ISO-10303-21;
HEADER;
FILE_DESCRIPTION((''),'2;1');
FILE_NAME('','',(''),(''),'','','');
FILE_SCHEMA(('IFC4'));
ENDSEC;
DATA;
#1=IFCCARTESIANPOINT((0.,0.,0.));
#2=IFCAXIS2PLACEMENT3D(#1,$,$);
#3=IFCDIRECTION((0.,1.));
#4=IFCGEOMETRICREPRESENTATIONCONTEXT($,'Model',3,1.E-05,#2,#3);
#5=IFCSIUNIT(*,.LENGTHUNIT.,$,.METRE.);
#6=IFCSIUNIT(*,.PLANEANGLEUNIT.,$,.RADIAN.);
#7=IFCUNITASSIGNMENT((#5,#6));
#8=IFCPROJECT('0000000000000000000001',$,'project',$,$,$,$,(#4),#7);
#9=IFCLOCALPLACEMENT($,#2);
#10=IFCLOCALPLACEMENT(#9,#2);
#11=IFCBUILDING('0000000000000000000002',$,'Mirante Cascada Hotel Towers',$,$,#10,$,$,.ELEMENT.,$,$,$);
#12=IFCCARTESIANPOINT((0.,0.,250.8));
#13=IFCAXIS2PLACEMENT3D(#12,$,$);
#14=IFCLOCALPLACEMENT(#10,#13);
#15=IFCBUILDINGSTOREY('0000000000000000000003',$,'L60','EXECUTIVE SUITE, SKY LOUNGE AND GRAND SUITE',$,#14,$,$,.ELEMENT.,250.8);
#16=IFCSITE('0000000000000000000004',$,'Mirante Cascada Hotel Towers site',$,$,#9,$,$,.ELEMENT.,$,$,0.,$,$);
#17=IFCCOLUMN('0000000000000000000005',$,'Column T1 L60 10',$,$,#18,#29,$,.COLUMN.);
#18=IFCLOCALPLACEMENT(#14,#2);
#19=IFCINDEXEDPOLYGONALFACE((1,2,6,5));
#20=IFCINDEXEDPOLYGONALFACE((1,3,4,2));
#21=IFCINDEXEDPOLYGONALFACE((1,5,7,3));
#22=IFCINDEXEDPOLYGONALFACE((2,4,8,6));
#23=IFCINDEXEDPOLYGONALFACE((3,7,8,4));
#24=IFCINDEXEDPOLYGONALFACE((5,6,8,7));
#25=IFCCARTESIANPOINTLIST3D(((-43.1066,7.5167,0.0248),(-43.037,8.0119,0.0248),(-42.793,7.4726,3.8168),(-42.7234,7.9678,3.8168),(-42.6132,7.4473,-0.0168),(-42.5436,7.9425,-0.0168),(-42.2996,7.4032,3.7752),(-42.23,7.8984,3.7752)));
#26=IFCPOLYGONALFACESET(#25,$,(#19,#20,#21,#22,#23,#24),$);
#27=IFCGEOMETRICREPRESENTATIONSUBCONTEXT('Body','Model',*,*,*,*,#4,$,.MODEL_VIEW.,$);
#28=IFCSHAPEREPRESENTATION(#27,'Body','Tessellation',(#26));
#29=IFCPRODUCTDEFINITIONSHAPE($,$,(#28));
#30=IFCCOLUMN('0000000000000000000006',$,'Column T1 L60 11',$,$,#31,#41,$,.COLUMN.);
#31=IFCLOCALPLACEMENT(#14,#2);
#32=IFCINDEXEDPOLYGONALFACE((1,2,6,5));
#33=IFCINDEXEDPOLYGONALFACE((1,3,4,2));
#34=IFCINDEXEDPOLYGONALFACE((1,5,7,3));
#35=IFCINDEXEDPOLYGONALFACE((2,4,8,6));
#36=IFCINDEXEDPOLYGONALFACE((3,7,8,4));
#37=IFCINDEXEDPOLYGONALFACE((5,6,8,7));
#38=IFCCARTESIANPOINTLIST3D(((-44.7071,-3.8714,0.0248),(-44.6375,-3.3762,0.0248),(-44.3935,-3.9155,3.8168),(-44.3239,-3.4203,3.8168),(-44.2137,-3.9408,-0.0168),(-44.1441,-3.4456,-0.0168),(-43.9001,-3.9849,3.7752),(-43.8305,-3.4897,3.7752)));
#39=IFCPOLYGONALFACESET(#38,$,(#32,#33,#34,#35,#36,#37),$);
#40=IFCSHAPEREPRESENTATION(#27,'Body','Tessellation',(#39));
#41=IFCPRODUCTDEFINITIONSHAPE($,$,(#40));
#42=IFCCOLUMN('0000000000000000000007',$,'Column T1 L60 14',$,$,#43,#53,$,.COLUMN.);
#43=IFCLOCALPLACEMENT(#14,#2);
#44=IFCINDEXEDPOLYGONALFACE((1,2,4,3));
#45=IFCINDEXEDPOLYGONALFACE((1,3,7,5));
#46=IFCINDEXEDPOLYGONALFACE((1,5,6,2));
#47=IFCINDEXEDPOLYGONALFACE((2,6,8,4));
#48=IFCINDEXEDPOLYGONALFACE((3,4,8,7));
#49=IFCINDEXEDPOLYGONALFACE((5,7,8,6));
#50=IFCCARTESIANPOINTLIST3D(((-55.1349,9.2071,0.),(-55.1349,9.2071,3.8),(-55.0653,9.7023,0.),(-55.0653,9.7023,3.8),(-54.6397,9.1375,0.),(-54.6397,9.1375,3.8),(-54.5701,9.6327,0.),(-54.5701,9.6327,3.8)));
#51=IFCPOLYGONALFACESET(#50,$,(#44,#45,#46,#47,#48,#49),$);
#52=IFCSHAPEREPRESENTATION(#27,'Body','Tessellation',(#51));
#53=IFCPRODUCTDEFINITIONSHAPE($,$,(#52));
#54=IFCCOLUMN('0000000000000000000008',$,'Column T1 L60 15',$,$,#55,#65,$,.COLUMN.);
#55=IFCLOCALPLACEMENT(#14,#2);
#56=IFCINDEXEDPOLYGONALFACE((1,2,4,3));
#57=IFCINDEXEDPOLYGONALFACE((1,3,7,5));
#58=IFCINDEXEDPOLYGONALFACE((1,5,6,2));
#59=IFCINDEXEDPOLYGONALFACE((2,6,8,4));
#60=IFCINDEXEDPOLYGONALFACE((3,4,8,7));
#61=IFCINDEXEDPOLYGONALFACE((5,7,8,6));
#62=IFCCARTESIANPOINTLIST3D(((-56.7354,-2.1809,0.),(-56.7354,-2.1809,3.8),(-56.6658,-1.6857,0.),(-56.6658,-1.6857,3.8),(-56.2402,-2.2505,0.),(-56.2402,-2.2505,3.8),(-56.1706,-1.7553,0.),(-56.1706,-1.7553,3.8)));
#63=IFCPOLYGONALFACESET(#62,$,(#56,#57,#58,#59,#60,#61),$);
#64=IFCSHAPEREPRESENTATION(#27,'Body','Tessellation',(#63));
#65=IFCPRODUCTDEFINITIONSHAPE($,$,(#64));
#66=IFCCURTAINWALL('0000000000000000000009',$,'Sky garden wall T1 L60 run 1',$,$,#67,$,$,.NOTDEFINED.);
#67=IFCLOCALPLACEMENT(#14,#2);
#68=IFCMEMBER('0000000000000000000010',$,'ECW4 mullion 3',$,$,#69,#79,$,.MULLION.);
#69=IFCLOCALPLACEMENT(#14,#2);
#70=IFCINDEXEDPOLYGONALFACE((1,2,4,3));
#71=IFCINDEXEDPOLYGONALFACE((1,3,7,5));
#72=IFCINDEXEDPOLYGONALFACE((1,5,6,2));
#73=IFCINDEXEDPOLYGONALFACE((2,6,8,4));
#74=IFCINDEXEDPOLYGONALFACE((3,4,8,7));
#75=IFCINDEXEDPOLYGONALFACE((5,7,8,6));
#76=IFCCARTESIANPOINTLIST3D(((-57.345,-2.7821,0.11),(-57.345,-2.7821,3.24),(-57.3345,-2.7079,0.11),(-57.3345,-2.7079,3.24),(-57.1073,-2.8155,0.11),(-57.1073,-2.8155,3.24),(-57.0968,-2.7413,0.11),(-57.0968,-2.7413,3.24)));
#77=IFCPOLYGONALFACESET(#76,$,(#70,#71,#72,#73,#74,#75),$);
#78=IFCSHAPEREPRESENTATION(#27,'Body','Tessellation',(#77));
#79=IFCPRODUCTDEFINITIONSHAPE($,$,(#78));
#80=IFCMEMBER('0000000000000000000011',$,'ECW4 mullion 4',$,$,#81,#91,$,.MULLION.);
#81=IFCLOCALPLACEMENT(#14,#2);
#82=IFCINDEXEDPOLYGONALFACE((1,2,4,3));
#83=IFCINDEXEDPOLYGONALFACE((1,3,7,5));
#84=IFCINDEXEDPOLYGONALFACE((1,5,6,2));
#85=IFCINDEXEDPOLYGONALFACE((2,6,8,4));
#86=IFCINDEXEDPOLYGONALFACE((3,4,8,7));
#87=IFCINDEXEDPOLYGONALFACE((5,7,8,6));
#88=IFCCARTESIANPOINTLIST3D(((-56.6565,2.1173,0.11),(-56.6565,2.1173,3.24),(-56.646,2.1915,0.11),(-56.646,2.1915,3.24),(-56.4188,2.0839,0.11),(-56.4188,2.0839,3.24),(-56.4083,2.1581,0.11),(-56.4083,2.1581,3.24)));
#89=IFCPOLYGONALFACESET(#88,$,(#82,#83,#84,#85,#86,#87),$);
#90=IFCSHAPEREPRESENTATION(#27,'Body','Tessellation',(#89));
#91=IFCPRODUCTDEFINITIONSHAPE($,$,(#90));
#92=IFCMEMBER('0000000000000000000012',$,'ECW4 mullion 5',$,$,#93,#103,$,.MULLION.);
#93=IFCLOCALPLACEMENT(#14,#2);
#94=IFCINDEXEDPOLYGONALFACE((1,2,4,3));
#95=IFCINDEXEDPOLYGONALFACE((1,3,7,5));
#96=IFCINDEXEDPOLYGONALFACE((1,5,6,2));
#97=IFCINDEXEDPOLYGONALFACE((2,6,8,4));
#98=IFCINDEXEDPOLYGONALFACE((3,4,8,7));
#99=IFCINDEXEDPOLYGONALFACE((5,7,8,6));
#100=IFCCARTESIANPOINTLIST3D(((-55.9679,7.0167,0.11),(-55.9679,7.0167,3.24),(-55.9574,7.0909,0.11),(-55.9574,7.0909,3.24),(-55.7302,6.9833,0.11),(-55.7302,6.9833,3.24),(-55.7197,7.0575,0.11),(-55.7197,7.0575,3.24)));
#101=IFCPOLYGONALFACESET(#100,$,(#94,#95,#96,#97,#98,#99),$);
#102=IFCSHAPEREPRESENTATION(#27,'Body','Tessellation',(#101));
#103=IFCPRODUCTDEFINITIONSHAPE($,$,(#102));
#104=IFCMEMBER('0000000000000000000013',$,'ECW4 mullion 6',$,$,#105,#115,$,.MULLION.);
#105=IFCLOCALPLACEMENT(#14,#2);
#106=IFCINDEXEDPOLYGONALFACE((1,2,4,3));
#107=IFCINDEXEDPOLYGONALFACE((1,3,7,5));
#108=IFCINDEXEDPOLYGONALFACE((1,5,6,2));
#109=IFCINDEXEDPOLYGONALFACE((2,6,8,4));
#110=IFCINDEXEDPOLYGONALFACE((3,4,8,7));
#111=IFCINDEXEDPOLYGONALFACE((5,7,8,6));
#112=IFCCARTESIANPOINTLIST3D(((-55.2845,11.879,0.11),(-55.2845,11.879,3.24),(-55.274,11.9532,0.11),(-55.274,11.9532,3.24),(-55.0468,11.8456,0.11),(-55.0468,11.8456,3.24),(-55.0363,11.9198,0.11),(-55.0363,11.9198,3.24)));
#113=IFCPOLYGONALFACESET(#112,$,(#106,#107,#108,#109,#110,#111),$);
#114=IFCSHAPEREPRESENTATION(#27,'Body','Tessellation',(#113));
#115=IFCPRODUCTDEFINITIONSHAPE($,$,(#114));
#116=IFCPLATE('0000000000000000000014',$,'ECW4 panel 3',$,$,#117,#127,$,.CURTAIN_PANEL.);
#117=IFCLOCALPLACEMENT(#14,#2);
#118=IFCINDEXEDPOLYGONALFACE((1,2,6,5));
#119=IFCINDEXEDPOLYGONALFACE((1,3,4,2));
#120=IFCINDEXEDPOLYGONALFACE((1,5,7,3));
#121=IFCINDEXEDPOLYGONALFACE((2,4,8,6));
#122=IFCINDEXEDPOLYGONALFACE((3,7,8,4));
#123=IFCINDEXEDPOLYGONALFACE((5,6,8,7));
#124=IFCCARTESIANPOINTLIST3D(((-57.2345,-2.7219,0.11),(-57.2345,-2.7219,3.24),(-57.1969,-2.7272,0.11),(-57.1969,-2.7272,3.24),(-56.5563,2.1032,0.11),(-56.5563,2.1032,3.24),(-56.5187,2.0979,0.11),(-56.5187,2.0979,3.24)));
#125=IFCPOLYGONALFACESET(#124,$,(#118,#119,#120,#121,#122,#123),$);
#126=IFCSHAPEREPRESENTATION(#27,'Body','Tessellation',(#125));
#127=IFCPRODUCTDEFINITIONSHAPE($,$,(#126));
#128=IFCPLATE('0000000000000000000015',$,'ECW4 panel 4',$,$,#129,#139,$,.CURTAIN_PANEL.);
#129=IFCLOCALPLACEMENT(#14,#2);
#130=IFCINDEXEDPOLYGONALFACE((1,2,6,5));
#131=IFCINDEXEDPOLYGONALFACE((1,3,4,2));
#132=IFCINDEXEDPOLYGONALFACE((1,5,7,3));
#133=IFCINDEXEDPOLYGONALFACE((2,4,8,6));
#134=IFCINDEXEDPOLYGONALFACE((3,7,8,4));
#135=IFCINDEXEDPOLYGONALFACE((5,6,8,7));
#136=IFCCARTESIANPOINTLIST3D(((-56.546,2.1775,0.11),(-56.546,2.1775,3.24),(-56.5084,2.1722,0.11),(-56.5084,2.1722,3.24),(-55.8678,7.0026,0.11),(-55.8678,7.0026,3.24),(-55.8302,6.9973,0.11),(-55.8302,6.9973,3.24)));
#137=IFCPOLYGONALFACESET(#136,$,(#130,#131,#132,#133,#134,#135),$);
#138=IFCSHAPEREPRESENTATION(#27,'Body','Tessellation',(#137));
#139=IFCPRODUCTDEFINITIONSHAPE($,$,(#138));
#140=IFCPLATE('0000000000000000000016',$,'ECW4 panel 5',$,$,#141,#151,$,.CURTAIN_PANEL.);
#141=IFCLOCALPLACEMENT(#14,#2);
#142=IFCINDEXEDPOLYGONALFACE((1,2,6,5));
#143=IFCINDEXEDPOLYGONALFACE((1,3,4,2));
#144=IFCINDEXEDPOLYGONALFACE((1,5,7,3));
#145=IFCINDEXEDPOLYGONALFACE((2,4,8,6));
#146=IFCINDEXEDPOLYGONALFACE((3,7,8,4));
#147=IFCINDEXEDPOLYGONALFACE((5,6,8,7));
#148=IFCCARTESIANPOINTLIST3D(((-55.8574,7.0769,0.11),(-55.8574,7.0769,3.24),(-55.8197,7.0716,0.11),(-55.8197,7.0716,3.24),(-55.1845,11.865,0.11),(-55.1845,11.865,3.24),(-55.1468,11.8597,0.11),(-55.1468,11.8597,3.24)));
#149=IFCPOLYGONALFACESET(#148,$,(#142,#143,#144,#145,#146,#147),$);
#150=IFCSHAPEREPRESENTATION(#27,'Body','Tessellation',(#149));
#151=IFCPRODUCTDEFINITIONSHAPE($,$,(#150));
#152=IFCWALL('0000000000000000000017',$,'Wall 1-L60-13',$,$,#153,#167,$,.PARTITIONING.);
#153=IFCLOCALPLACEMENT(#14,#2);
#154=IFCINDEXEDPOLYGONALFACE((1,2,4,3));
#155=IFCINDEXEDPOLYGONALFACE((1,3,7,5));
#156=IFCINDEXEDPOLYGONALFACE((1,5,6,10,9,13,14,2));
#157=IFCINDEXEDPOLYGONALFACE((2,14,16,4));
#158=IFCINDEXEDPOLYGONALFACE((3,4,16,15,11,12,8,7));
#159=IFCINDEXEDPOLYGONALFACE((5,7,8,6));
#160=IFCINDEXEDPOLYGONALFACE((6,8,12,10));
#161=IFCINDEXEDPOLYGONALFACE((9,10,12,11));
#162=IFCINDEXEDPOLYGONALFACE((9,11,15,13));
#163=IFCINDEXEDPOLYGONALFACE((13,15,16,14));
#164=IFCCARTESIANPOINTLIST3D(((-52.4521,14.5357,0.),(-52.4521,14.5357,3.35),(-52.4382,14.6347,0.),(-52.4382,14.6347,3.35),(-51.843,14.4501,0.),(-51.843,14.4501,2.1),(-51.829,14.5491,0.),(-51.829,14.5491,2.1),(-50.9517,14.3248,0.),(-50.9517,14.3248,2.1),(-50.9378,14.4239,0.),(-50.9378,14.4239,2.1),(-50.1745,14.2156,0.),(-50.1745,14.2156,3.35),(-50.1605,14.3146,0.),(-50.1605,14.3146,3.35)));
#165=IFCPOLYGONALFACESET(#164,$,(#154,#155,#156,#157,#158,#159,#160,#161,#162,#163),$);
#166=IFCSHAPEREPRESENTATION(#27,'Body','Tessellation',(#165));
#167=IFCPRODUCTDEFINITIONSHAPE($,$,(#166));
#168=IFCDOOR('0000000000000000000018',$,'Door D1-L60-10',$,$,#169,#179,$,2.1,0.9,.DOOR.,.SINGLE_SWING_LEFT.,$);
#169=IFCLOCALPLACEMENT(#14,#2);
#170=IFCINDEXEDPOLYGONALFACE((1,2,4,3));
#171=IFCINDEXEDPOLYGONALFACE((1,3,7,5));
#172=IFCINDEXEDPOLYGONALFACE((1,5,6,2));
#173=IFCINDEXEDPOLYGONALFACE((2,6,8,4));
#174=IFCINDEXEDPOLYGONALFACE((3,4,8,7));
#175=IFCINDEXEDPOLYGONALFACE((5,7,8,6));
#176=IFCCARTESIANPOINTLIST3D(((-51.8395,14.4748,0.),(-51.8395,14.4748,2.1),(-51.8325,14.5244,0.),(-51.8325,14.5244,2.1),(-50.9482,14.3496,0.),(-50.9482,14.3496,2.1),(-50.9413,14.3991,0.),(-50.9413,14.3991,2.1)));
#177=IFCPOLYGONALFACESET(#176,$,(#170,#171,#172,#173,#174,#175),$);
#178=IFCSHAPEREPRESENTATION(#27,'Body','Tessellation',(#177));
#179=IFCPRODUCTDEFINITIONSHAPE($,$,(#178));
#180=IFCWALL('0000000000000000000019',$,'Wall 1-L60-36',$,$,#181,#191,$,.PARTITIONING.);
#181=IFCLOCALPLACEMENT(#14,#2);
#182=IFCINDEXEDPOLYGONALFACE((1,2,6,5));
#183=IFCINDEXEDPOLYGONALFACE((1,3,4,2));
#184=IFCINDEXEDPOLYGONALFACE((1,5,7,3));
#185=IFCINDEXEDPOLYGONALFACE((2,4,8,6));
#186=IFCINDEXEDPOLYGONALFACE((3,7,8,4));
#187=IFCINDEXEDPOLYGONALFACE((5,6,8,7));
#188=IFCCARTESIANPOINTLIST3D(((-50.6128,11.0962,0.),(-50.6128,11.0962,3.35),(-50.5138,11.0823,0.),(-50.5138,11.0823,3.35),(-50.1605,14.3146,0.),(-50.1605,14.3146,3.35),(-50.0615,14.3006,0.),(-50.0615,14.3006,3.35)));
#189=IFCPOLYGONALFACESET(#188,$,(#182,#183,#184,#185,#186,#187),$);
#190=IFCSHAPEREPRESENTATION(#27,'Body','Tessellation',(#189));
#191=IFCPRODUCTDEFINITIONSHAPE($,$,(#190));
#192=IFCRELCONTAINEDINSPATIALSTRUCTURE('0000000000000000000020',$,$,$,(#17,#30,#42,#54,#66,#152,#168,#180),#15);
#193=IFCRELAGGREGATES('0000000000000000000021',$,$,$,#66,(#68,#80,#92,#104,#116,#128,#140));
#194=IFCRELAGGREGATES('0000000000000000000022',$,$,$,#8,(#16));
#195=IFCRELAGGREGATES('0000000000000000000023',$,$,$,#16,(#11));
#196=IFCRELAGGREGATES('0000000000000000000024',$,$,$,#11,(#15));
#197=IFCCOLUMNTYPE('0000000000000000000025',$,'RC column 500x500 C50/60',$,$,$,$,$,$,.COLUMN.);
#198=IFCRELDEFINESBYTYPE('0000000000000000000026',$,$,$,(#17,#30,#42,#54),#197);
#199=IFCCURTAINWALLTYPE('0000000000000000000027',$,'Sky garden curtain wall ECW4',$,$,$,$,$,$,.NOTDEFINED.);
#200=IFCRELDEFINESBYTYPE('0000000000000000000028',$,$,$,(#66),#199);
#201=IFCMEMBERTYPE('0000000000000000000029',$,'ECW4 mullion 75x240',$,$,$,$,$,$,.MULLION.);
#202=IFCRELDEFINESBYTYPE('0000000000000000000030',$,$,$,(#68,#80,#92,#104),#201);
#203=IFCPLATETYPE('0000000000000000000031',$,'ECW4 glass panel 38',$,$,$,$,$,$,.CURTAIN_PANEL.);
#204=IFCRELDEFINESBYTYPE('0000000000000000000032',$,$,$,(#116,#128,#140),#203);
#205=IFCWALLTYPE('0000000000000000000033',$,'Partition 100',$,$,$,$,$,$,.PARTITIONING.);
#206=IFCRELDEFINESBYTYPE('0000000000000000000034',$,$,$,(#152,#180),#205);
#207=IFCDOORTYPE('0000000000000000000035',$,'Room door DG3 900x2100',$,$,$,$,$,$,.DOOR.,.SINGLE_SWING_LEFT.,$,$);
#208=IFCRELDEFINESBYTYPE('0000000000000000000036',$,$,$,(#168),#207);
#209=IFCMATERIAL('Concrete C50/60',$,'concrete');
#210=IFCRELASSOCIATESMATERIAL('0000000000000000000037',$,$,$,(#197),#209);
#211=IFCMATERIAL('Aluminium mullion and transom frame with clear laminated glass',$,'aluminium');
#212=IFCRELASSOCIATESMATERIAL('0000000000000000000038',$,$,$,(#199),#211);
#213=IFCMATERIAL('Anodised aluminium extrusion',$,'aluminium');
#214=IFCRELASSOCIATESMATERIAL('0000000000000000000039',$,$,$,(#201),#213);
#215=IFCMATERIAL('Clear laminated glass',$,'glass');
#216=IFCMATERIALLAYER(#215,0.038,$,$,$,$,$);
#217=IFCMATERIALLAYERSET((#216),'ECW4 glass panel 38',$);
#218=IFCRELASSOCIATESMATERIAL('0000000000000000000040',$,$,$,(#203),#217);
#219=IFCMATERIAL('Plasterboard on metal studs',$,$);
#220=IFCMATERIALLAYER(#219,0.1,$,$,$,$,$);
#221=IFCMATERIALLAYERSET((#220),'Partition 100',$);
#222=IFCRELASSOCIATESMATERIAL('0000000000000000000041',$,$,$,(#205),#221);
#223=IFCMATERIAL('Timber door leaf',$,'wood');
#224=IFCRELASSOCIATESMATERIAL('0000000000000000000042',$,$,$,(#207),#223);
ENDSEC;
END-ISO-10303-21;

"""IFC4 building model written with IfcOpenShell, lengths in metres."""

from ifc_helpers import new_model, si_unit, direction, frame, frame_2d, origin, origin_2d, place, context, subcontext, project, spatial, rectangle, extrude, material, layer, layer_set, material_profile, profile_set, type_object, element, fill, aggregate, save


model = new_model("IFC4")

# Units and contexts
model_context = context("Model", 3, precision=1e-05, world=origin(), true_north=direction((0.0, 1.0)))
body_context = subcontext(model_context, "Body", "Model", "MODEL_VIEW")
ifc_project = project(units=[si_unit("LENGTHUNIT", "METRE"), si_unit("PLANEANGLEUNIT", "RADIAN")], contexts=[model_context])

# Site, building, storey
site_placement = place(None, origin())
site = spatial("IfcSite", under=ifc_project, at=site_placement, Name="Mirante Cascada Hotel Towers site", CompositionType="ELEMENT", RefElevation=0.0)
building_placement = place(site_placement, origin())
building = spatial("IfcBuilding", under=site, at=building_placement, Name="Mirante Cascada Hotel Towers", CompositionType="ELEMENT")
storey_placement = place(building_placement, frame((0.0, 0.0, 250.8)))
storey = spatial("IfcBuildingStorey", under=building, at=storey_placement, Name="L60", Description="EXECUTIVE SUITE, SKY LOUNGE AND GRAND SUITE", CompositionType="ELEMENT", Elevation=250.8)

# Columns
ifc_material_1 = material(Name="Concrete C50/60", Category="concrete")
ifc_material_profile_1 = material_profile(ifc_material_1, rectangle(XDim=0.5, YDim=0.5, at=origin_2d()), Name="RC column 500x500 C50/60")
ifc_profile_set_1 = profile_set([ifc_material_profile_1], Name="Concrete C50/60")
column_type = type_object("IfcColumnType", Name="RC column 500x500 C50/60", PredefinedType="COLUMN", material=ifc_profile_set_1)
for number, where, z_axis, x_axis, name in (
    (1, (-42.8251, 7.7296, 0.004), (0.082414, -0.011589, 0.996531), (0.139255, 0.990257, 0.0), "Column T1 L60 10"),
    (2, (-44.4256, -3.6585, 0.004), (0.082414, -0.011589, 0.996531), (0.139255, 0.990257, 0.0), "Column T1 L60 11"),
):
    element("IfcColumn", number, at=place(storey_placement, frame(where, z_axis=z_axis, x_axis=x_axis)), inside=storey, type_object=column_type, Name=name, PredefinedType="COLUMN", context=body_context, shape_type="SweptSolid", body=[
        extrude(rectangle(XDim=0.5, YDim=0.5, at=origin_2d()), origin(), (0.0, 0.0, 1.0), 3.8052),
    ])
for number, where, z_axis, x_axis, name in (
    (3, (-54.8525, 9.4199, 0.0), (0.0, 0.0, 1.0), (-0.990268, 0.139173, 0.0), "Column T1 L60 14"),
    (4, (-56.453, -1.9681, 0.0), (0.0, 0.0, 1.0), (-0.990268, 0.139173, 0.0), "Column T1 L60 15"),
):
    element("IfcColumn", number, at=place(storey_placement, frame(where, z_axis=z_axis, x_axis=x_axis)), inside=storey, type_object=column_type, Name=name, PredefinedType="COLUMN", context=body_context, shape_type="SweptSolid", body=[
        extrude(rectangle(XDim=0.5, YDim=0.5, at=origin_2d()), origin(), (0.0, 0.0, 1.0), 3.8),
    ])

# Curtain wall, members, plates
ifc_material_2 = material(Name="Aluminium mullion and transom frame with clear laminated glass", Category="aluminium")
curtain_wall_type = type_object("IfcCurtainWallType", Name="Sky garden curtain wall ECW4", PredefinedType="NOTDEFINED", material=ifc_material_2)
curtain_wall_placement = place(storey_placement, origin())
curtain_wall = element("IfcCurtainWall", 5, at=curtain_wall_placement, inside=storey, type_object=curtain_wall_type, Name="Sky garden wall T1 L60 run 1", PredefinedType="NOTDEFINED")
ifc_material_3 = material(Name="Anodised aluminium extrusion", Category="aluminium")
ifc_material_profile_2 = material_profile(ifc_material_3, rectangle(XDim=0.24, YDim=0.075, at=origin_2d()), Name="ECW4 MULLION 75x240")
ifc_profile_set_2 = profile_set([ifc_material_profile_2], Name="Anodised aluminium extrusion")
member_type = type_object("IfcMemberType", Name="ECW4 mullion 75x240", PredefinedType="MULLION", material=ifc_profile_set_2)
member_1_placement = place(storey_placement, frame((-57.2209, -2.7617, 0.11), z_axis=(0.0, 0.0, 1.0), x_axis=(-0.990268, 0.139173, 0.0)))
member_1 = element("IfcMember", 6, at=member_1_placement, type_object=member_type, Name="ECW4 mullion 3", PredefinedType="MULLION", context=body_context, shape_type="SweptSolid", body=[
    extrude(rectangle(XDim=0.24, YDim=0.075, at=origin_2d()), origin(), (0.0, 0.0, 1.0), 3.13),
])
member_2_placement = place(storey_placement, frame((-56.5324, 2.1377, 0.11), z_axis=(0.0, 0.0, 1.0), x_axis=(-0.990268, 0.139173, 0.0)))
member_2 = element("IfcMember", 7, at=member_2_placement, type_object=member_type, Name="ECW4 mullion 4", PredefinedType="MULLION", context=body_context, shape_type="SweptSolid", body=[
    extrude(rectangle(XDim=0.24, YDim=0.075, at=origin_2d()), origin(), (0.0, 0.0, 1.0), 3.13),
])
member_3_placement = place(storey_placement, frame((-55.8438, 7.0371, 0.11), z_axis=(0.0, 0.0, 1.0), x_axis=(-0.990268, 0.139173, 0.0)))
member_3 = element("IfcMember", 8, at=member_3_placement, type_object=member_type, Name="ECW4 mullion 5", PredefinedType="MULLION", context=body_context, shape_type="SweptSolid", body=[
    extrude(rectangle(XDim=0.24, YDim=0.075, at=origin_2d()), origin(), (0.0, 0.0, 1.0), 3.13),
])
member_4_placement = place(storey_placement, frame((-55.1604, 11.8994, 0.11), z_axis=(0.0, 0.0, 1.0), x_axis=(-0.990268, 0.139173, 0.0)))
member_4 = element("IfcMember", 9, at=member_4_placement, type_object=member_type, Name="ECW4 mullion 6", PredefinedType="MULLION", context=body_context, shape_type="SweptSolid", body=[
    extrude(rectangle(XDim=0.24, YDim=0.075, at=origin_2d()), origin(), (0.0, 0.0, 1.0), 3.13),
])
ifc_material_4 = material(Name="Clear laminated glass", Category="glass")
ifc_layer_1 = layer(ifc_material_4, 0.038)
ifc_layer_set_1 = layer_set([ifc_layer_1], Name="ECW4 glass panel 38")
plate_type = type_object("IfcPlateType", Name="ECW4 glass panel 38", PredefinedType="CURTAIN_PANEL", material=ifc_layer_set_1)
plate_1_placement = place(storey_placement, frame((-56.8766, -0.312, 0.11), z_axis=(0.0, 0.0, 1.0), x_axis=(0.139173, 0.990268, 0.0)))
plate_1 = element("IfcPlate", 10, at=plate_1_placement, type_object=plate_type, Name="ECW4 panel 3", PredefinedType="CURTAIN_PANEL", context=body_context, shape_type="SweptSolid", body=[
    extrude(rectangle(XDim=4.8726, YDim=0.038, at=origin_2d()), origin(), (0.0, 0.0, 1.0), 3.13),
])
plate_2_placement = place(storey_placement, frame((-56.1881, 4.5874, 0.11), z_axis=(0.0, 0.0, 1.0), x_axis=(0.139173, 0.990268, 0.0)))
plate_2 = element("IfcPlate", 11, at=plate_2_placement, type_object=plate_type, Name="ECW4 panel 4", PredefinedType="CURTAIN_PANEL", context=body_context, shape_type="SweptSolid", body=[
    extrude(rectangle(XDim=4.8726, YDim=0.038, at=origin_2d()), origin(), (0.0, 0.0, 1.0), 3.13),
])
plate_3_placement = place(storey_placement, frame((-55.5021, 9.4683, 0.11), z_axis=(0.0, 0.0, 1.0), x_axis=(0.139173, 0.990268, 0.0)))
plate_3 = element("IfcPlate", 12, at=plate_3_placement, type_object=plate_type, Name="ECW4 panel 5", PredefinedType="CURTAIN_PANEL", context=body_context, shape_type="SweptSolid", body=[
    extrude(rectangle(XDim=4.8351, YDim=0.038, at=origin_2d()), origin(), (0.0, 0.0, 1.0), 3.13),
])
aggregate(curtain_wall, [member_1, member_2, member_3, member_4, plate_1, plate_2, plate_3])

# Wall, opening, door
ifc_material_5 = material(Name="Plasterboard on metal studs")
ifc_layer_2 = layer(ifc_material_5, 0.1)
ifc_layer_set_2 = layer_set([ifc_layer_2], Name="Partition 100")
wall_type_1 = type_object("IfcWallType", Name="Partition 100", PredefinedType="PARTITIONING", material=ifc_layer_set_2)
wall_1_placement = place(storey_placement, frame((-50.1675, 14.2651, 0.0), z_axis=(0.0, 0.0, 1.0), x_axis=(-0.990268, 0.139175, 0.0)))
wall_1 = element("IfcWall", 13, at=wall_1_placement, inside=storey, type_object=wall_type_1, Name="Wall 1-L60-13", PredefinedType="PARTITIONING", context=body_context, shape_type="SweptSolid", body=[
    extrude(rectangle(XDim=2.3, YDim=0.1, at=frame_2d((1.15, 0.0))), origin(), (0.0, 0.0, 1.0), 3.35),
])
opening_1_placement = place(wall_1_placement, frame((0.7849, 0.0, 0.0)))
opening_1 = element("IfcOpeningElement", 14, at=opening_1_placement, cuts=wall_1, PredefinedType="OPENING", context=body_context, shape_type="SweptSolid", body=[
    extrude(rectangle(XDim=0.9, YDim=2.1, at=frame_2d((0.45, 1.05))), frame((0.0, 0.05, 0.0), z_axis=(0.0, -1.0, 0.0), x_axis=(1.0, 0.0, 0.0)), (0.0, 0.0, 1.0), 0.1),
])
ifc_material_6 = material(Name="Timber door leaf", Category="wood")
door_type_1 = type_object("IfcDoorType", Name="Room door DG3 900x2100", OperationType="SINGLE_SWING_LEFT", PredefinedType="DOOR", material=ifc_material_6)
door_1_placement = place(opening_1_placement, origin())
door_1 = element("IfcDoor", 15, at=door_1_placement, inside=storey, type_object=door_type_1, Name="Door D1-L60-10", OperationType="SINGLE_SWING_LEFT", OverallHeight=2.1, OverallWidth=0.9, PredefinedType="DOOR", context=body_context, shape_type="SweptSolid", body=[
    extrude(rectangle(XDim=0.9, YDim=2.1, at=frame_2d((0.45, 1.05))), frame((0.0, 0.025, 0.0), z_axis=(0.0, -1.0, 0.0), x_axis=(1.0, 0.0, 0.0)), (0.0, 0.0, 1.0), 0.05),
])
fill(opening_1, door_1)

# Wall
wall_2_placement = place(storey_placement, frame((-50.111, 14.3076, 0.0), z_axis=(0.0, 0.0, 1.0), x_axis=(-0.139168, -0.990269, 0.0)))
element("IfcWall", 16, at=wall_2_placement, inside=storey, type_object=wall_type_1, Name="Wall 1-L60-36", PredefinedType="PARTITIONING", context=body_context, shape_type="SweptSolid", body=[
    extrude(rectangle(XDim=3.25, YDim=0.1, at=frame_2d((1.625, 0.0))), origin(), (0.0, 0.0, 1.0), 3.35),
])

save(model, "model.ifc")
